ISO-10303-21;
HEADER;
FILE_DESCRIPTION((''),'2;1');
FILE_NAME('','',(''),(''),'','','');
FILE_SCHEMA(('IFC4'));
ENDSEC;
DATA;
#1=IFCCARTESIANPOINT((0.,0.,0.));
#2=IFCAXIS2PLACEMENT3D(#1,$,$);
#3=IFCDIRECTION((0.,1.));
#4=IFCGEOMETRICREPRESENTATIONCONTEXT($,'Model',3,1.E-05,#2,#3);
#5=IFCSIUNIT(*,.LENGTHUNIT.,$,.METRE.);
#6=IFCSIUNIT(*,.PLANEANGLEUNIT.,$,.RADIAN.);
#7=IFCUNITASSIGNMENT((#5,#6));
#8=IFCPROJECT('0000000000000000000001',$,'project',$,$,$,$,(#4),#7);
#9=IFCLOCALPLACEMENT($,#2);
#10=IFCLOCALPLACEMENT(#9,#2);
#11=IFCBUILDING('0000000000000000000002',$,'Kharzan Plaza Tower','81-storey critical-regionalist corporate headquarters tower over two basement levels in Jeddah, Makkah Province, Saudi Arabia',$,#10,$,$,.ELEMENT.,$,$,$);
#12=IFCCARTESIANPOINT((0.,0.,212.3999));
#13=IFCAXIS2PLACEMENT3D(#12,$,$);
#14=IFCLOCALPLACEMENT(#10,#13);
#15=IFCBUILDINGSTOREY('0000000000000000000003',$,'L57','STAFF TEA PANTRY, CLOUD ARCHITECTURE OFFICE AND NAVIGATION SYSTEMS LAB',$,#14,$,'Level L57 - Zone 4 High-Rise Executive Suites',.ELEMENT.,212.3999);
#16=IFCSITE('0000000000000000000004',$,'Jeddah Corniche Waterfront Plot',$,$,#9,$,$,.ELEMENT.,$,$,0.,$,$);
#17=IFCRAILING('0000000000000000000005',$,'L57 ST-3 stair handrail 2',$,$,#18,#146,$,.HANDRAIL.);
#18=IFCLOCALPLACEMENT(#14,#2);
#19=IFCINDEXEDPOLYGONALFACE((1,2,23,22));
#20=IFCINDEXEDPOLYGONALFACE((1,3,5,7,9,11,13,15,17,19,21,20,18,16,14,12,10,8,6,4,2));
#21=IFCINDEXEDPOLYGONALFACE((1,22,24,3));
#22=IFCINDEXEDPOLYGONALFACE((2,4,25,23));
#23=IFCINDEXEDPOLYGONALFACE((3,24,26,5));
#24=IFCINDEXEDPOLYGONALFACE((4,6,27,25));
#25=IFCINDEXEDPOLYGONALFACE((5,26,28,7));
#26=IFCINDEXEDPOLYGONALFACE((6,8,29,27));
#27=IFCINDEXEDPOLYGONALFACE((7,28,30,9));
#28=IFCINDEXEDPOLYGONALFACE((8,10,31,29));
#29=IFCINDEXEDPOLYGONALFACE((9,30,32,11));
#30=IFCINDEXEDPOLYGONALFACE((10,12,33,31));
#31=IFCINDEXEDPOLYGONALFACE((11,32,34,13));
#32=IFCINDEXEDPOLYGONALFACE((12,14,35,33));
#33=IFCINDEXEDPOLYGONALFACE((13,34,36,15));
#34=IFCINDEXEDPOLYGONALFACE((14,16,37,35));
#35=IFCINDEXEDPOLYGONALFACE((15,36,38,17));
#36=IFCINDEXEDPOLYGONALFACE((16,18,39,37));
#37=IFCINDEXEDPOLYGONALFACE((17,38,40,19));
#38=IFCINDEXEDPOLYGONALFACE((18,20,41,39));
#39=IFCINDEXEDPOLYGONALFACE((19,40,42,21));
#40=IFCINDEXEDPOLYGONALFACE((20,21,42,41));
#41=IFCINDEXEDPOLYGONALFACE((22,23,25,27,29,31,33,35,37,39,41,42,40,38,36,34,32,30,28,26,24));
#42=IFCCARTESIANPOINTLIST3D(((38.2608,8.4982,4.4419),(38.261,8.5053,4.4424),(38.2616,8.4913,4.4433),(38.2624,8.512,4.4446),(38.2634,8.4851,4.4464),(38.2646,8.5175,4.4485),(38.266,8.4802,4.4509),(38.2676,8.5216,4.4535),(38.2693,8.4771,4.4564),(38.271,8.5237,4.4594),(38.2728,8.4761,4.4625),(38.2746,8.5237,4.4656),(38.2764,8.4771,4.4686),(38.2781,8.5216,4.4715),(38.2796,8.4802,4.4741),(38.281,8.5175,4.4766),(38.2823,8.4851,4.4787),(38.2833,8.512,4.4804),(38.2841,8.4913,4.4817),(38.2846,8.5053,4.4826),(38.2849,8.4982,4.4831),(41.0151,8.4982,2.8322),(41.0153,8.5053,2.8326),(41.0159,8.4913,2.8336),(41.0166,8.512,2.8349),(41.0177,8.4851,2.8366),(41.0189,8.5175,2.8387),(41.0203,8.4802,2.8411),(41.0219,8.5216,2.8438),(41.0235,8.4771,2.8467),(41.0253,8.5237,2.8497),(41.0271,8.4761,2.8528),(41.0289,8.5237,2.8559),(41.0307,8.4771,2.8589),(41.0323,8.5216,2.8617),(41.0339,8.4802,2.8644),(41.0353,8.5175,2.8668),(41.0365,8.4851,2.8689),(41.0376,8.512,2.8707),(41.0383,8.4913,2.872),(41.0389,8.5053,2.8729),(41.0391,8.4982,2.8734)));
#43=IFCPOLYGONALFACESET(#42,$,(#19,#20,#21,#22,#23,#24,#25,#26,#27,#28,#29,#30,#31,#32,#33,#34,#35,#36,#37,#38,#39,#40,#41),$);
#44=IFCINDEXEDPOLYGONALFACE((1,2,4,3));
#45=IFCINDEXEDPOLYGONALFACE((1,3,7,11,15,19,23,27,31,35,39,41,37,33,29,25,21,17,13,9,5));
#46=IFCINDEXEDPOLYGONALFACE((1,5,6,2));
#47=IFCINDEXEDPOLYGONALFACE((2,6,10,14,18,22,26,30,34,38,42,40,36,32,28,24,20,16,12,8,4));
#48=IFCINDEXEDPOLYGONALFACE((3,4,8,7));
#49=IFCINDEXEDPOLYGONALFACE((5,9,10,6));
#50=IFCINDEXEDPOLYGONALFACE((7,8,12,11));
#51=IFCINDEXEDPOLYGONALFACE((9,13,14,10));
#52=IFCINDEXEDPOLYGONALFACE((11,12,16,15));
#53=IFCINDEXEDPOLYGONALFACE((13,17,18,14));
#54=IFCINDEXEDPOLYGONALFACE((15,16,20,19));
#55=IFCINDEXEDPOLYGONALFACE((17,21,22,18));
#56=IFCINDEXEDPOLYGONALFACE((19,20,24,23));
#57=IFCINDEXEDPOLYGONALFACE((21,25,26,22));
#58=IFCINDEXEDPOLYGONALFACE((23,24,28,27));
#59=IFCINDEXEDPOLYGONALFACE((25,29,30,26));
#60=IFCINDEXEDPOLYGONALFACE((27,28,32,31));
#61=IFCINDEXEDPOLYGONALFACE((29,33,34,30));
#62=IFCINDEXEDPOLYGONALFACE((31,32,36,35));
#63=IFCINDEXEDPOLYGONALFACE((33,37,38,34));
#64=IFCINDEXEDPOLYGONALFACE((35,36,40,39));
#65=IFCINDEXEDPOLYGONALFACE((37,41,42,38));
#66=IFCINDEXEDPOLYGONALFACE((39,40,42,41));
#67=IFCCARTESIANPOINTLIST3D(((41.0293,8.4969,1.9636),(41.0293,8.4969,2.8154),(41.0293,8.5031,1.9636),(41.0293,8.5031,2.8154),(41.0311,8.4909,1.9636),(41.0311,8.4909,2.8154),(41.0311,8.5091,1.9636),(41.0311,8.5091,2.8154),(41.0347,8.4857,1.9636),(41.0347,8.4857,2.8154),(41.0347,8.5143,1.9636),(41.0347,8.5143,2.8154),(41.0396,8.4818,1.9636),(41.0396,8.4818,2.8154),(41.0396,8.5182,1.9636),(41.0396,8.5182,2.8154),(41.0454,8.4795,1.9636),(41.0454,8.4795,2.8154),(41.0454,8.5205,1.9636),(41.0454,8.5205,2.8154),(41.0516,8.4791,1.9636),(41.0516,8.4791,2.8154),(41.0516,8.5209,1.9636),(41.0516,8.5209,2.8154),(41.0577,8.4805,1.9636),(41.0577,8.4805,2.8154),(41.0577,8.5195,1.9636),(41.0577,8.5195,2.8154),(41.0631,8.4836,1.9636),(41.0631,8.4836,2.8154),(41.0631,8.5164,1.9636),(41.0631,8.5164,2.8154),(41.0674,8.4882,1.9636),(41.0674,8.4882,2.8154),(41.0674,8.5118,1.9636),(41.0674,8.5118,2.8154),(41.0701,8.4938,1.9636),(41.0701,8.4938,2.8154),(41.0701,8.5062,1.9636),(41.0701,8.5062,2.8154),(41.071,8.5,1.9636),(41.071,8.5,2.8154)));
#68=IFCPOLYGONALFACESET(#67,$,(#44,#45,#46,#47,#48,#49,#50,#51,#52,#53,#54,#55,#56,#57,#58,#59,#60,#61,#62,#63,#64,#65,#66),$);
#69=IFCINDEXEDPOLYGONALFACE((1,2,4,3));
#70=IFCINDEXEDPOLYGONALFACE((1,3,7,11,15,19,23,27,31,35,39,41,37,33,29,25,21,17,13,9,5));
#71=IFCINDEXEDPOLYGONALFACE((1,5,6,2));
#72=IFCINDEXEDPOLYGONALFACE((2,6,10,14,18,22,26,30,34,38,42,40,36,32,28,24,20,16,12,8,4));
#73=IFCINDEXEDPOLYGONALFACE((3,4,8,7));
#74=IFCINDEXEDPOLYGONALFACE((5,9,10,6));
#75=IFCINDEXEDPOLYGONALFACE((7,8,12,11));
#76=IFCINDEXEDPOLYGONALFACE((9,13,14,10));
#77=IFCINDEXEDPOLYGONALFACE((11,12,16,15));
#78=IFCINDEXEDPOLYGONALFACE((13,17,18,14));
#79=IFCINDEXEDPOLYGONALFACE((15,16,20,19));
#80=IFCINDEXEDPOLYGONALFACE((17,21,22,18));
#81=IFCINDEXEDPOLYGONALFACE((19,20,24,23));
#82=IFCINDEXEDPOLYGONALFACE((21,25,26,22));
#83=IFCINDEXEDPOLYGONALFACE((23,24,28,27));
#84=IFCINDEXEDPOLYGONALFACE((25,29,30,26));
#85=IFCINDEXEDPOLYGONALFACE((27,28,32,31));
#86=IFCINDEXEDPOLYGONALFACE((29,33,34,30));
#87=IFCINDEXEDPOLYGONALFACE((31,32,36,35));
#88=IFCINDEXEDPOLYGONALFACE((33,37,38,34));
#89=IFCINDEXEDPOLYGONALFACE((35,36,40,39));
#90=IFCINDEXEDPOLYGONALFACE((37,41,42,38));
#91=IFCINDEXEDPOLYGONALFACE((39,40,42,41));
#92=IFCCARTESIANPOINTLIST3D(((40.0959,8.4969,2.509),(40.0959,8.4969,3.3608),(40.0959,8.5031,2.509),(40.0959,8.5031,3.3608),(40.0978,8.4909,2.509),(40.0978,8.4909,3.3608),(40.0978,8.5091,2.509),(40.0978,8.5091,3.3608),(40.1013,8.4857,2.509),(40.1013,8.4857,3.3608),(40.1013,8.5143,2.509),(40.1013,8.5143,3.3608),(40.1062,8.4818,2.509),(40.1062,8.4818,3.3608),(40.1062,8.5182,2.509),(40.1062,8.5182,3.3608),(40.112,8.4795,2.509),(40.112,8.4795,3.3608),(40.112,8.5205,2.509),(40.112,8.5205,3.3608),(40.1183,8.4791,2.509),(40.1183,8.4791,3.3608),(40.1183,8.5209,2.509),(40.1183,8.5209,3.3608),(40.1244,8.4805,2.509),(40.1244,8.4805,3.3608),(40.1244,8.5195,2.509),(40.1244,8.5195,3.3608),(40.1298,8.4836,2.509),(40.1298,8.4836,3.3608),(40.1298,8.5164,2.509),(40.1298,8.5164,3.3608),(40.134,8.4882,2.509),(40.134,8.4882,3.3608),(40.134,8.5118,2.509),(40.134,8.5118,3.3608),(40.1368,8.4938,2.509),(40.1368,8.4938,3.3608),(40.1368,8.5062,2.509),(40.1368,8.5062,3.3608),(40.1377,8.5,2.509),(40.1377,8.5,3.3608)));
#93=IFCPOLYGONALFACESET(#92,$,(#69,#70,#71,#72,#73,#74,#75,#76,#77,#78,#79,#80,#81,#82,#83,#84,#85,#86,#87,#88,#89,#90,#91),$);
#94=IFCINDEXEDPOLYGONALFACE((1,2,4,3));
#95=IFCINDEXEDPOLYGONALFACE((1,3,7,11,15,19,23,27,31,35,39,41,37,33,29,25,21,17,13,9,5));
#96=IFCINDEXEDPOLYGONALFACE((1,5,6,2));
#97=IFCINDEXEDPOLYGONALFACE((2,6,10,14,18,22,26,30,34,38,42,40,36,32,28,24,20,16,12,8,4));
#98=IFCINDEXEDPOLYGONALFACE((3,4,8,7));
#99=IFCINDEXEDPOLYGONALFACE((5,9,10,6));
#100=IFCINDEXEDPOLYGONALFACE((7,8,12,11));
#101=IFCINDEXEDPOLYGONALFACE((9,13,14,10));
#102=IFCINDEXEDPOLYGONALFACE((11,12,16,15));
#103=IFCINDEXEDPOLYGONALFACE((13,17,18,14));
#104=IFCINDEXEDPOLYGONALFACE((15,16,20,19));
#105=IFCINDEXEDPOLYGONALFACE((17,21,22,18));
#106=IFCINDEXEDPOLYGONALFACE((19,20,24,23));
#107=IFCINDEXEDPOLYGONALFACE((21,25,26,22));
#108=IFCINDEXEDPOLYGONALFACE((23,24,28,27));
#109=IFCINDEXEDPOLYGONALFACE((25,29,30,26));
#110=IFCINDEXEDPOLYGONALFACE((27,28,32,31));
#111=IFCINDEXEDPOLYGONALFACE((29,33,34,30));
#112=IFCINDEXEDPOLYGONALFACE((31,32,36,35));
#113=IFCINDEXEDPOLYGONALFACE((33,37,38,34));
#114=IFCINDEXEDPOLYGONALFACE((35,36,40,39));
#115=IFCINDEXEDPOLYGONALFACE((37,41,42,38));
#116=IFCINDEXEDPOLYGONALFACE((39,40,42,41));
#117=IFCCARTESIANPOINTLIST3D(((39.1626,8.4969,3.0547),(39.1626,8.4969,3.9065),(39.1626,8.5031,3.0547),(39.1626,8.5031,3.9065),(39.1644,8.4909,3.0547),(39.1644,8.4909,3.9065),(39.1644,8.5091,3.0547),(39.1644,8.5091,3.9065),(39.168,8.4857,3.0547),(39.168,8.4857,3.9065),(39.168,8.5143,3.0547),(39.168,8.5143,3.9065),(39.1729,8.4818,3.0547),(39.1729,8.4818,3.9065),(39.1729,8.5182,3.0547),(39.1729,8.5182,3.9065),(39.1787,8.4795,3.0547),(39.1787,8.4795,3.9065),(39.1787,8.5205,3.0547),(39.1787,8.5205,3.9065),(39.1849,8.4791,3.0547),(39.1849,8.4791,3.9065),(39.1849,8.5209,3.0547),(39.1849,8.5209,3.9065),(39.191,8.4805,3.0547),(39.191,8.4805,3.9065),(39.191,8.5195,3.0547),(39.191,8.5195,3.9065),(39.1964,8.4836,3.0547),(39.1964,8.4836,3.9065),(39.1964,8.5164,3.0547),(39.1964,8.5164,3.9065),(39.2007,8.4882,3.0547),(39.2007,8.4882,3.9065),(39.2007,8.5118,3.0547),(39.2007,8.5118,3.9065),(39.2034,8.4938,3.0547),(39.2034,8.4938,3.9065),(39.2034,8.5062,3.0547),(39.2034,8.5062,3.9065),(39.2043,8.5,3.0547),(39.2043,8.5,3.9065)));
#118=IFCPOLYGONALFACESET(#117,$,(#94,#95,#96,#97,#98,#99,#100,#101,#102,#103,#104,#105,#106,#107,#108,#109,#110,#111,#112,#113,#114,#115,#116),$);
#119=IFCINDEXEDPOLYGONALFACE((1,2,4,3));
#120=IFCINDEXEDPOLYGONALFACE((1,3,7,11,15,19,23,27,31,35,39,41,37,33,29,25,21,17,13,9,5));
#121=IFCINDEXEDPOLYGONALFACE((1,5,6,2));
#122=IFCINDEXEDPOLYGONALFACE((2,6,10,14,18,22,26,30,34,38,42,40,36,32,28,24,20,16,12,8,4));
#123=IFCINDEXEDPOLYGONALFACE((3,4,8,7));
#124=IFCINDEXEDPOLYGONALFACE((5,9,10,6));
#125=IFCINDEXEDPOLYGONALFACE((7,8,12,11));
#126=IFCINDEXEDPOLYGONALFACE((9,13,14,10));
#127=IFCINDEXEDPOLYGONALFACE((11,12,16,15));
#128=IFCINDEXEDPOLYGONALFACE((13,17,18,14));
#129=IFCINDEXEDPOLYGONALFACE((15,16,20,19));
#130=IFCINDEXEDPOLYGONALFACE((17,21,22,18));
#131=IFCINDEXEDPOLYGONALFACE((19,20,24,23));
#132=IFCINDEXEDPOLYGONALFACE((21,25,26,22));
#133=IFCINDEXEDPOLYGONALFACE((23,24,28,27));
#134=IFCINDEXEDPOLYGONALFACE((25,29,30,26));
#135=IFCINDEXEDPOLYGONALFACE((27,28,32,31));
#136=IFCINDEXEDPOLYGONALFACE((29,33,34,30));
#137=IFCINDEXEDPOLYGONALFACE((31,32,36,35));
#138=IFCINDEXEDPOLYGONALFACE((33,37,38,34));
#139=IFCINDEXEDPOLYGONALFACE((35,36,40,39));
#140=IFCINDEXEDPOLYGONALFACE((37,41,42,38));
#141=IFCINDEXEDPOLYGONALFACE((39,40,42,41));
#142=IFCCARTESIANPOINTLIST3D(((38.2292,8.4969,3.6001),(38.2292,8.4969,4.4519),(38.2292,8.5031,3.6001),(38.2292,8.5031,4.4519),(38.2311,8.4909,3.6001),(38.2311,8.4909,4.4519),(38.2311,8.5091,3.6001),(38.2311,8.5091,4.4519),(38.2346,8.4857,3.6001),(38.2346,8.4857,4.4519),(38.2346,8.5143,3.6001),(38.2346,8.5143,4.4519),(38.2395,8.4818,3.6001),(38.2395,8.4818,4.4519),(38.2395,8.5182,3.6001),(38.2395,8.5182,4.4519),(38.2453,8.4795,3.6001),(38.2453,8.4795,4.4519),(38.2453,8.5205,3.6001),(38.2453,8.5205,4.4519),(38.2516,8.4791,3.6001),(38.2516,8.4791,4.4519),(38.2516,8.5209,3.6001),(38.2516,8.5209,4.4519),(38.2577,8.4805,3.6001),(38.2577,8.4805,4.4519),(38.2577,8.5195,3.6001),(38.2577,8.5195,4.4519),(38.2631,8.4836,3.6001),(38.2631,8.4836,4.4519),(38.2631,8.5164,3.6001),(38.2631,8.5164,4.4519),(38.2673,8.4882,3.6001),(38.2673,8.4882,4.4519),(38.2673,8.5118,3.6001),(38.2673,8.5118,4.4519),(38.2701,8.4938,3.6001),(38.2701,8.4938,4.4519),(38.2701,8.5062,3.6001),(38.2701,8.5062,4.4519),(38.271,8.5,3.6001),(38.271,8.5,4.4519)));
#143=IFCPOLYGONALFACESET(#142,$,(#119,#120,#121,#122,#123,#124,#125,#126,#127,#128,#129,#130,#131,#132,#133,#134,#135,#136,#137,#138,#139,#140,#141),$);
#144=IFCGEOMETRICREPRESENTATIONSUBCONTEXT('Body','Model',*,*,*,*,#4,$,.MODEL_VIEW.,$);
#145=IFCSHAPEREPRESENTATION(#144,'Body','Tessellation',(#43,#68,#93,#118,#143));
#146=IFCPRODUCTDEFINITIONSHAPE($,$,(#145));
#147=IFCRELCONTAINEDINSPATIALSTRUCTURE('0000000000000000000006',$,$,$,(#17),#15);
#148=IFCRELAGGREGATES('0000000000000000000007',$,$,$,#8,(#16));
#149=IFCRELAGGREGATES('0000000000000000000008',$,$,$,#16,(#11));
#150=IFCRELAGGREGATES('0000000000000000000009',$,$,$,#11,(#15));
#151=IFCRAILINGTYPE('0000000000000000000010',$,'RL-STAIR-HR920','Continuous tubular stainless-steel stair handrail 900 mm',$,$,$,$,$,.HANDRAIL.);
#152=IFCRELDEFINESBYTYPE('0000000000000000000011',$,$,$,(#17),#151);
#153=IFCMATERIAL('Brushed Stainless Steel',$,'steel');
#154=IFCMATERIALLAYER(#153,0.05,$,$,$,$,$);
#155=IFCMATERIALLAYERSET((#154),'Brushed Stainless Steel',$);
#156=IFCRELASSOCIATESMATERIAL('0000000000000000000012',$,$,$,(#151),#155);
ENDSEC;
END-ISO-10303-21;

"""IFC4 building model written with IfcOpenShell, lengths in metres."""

from ifc_helpers import new_model, si_unit, direction, frame, origin, origin_2d, place, context, subcontext, project, spatial, circle, extrude, source, transform, mapped, material, layer, layer_set, type_object, element, save


model = new_model("IFC4")

# Units and contexts
model_context = context("Model", 3, precision=1e-05, world=origin(), true_north=direction((0.0, 1.0)))
body_context = subcontext(model_context, "Body", "Model", "MODEL_VIEW")
ifc_project = project(units=[si_unit("LENGTHUNIT", "METRE"), si_unit("PLANEANGLEUNIT", "RADIAN")], contexts=[model_context])

# Site, building, storey
site_placement = place(None, origin())
site = spatial("IfcSite", under=ifc_project, at=site_placement, Name="Jeddah Corniche Waterfront Plot", CompositionType="ELEMENT", RefElevation=0.0)
building_placement = place(site_placement, origin())
building = spatial("IfcBuilding", under=site, at=building_placement, Name="Kharzan Plaza Tower", Description="81-storey critical-regionalist corporate headquarters tower over two basement levels in Jeddah, Makkah Province, Saudi Arabia", CompositionType="ELEMENT")
storey_placement = place(building_placement, frame((0.0, 0.0, 212.3999)))
storey = spatial("IfcBuildingStorey", under=building, at=storey_placement, Name="L57", Description="STAFF TEA PANTRY, CLOUD ARCHITECTURE OFFICE AND NAVIGATION SYSTEMS LAB", LongName="Level L57 - Zone 4 High-Rise Executive Suites", CompositionType="ELEMENT", Elevation=212.3999)

# Shared definitions
ifc_material_1 = material(Name="Brushed Stainless Steel", Category="steel")

# Railing
ifc_layer_1 = layer(ifc_material_1, 0.05)
ifc_layer_set_1 = layer_set([ifc_layer_1], Name="Brushed Stainless Steel")
railing_type_1 = type_object("IfcRailingType", Name="RL-STAIR-HR920", Description="Continuous tubular stainless-steel stair handrail 900 mm", PredefinedType="HANDRAIL", material=ifc_layer_set_1)
shared_shape_1 = source(origin(), body_context, "Body", "SweptSolid", [
    extrude(circle(Radius=0.0239, at=origin_2d()), frame((-0.0229, 0.0, 0.8892), z_axis=(-0.863361, 0.0, 0.504587), x_axis=(0.0, -1.0, 0.0)), (0.0, 0.0, 1.0), 3.1902),
    extrude(circle(Radius=0.021, at=origin_2d()), origin(), (0.0, 0.0, 1.0), 0.8518),
    extrude(circle(Radius=0.021, at=origin_2d()), frame((-0.9333, 0.0, 0.5454)), (0.0, 0.0, 1.0), 0.8518),
    extrude(circle(Radius=0.021, at=origin_2d()), frame((-1.8667, 0.0, 1.0911)), (0.0, 0.0, 1.0), 0.8518),
    extrude(circle(Radius=0.021, at=origin_2d()), frame((-2.8, 0.0, 1.6365)), (0.0, 0.0, 1.0), 0.8518),
])
railing_1_placement = place(storey_placement, frame((41.05, 8.5, 1.9636)))
element("IfcRailing", 1, at=railing_1_placement, inside=storey, type_object=railing_type_1, Name="L57 ST-3 stair handrail 2", PredefinedType="HANDRAIL", context=body_context, shape_type="MappedRepresentation", body=[
    mapped(shared_shape_1, transform((0.0, 0.0, 0.0), x_axis=(1.0, 0.0, 0.0), y_axis=(0.0, 1.0, 0.0), z_axis=(0.0, 0.0, 1.0))),
])

save(model, "model.ifc")
